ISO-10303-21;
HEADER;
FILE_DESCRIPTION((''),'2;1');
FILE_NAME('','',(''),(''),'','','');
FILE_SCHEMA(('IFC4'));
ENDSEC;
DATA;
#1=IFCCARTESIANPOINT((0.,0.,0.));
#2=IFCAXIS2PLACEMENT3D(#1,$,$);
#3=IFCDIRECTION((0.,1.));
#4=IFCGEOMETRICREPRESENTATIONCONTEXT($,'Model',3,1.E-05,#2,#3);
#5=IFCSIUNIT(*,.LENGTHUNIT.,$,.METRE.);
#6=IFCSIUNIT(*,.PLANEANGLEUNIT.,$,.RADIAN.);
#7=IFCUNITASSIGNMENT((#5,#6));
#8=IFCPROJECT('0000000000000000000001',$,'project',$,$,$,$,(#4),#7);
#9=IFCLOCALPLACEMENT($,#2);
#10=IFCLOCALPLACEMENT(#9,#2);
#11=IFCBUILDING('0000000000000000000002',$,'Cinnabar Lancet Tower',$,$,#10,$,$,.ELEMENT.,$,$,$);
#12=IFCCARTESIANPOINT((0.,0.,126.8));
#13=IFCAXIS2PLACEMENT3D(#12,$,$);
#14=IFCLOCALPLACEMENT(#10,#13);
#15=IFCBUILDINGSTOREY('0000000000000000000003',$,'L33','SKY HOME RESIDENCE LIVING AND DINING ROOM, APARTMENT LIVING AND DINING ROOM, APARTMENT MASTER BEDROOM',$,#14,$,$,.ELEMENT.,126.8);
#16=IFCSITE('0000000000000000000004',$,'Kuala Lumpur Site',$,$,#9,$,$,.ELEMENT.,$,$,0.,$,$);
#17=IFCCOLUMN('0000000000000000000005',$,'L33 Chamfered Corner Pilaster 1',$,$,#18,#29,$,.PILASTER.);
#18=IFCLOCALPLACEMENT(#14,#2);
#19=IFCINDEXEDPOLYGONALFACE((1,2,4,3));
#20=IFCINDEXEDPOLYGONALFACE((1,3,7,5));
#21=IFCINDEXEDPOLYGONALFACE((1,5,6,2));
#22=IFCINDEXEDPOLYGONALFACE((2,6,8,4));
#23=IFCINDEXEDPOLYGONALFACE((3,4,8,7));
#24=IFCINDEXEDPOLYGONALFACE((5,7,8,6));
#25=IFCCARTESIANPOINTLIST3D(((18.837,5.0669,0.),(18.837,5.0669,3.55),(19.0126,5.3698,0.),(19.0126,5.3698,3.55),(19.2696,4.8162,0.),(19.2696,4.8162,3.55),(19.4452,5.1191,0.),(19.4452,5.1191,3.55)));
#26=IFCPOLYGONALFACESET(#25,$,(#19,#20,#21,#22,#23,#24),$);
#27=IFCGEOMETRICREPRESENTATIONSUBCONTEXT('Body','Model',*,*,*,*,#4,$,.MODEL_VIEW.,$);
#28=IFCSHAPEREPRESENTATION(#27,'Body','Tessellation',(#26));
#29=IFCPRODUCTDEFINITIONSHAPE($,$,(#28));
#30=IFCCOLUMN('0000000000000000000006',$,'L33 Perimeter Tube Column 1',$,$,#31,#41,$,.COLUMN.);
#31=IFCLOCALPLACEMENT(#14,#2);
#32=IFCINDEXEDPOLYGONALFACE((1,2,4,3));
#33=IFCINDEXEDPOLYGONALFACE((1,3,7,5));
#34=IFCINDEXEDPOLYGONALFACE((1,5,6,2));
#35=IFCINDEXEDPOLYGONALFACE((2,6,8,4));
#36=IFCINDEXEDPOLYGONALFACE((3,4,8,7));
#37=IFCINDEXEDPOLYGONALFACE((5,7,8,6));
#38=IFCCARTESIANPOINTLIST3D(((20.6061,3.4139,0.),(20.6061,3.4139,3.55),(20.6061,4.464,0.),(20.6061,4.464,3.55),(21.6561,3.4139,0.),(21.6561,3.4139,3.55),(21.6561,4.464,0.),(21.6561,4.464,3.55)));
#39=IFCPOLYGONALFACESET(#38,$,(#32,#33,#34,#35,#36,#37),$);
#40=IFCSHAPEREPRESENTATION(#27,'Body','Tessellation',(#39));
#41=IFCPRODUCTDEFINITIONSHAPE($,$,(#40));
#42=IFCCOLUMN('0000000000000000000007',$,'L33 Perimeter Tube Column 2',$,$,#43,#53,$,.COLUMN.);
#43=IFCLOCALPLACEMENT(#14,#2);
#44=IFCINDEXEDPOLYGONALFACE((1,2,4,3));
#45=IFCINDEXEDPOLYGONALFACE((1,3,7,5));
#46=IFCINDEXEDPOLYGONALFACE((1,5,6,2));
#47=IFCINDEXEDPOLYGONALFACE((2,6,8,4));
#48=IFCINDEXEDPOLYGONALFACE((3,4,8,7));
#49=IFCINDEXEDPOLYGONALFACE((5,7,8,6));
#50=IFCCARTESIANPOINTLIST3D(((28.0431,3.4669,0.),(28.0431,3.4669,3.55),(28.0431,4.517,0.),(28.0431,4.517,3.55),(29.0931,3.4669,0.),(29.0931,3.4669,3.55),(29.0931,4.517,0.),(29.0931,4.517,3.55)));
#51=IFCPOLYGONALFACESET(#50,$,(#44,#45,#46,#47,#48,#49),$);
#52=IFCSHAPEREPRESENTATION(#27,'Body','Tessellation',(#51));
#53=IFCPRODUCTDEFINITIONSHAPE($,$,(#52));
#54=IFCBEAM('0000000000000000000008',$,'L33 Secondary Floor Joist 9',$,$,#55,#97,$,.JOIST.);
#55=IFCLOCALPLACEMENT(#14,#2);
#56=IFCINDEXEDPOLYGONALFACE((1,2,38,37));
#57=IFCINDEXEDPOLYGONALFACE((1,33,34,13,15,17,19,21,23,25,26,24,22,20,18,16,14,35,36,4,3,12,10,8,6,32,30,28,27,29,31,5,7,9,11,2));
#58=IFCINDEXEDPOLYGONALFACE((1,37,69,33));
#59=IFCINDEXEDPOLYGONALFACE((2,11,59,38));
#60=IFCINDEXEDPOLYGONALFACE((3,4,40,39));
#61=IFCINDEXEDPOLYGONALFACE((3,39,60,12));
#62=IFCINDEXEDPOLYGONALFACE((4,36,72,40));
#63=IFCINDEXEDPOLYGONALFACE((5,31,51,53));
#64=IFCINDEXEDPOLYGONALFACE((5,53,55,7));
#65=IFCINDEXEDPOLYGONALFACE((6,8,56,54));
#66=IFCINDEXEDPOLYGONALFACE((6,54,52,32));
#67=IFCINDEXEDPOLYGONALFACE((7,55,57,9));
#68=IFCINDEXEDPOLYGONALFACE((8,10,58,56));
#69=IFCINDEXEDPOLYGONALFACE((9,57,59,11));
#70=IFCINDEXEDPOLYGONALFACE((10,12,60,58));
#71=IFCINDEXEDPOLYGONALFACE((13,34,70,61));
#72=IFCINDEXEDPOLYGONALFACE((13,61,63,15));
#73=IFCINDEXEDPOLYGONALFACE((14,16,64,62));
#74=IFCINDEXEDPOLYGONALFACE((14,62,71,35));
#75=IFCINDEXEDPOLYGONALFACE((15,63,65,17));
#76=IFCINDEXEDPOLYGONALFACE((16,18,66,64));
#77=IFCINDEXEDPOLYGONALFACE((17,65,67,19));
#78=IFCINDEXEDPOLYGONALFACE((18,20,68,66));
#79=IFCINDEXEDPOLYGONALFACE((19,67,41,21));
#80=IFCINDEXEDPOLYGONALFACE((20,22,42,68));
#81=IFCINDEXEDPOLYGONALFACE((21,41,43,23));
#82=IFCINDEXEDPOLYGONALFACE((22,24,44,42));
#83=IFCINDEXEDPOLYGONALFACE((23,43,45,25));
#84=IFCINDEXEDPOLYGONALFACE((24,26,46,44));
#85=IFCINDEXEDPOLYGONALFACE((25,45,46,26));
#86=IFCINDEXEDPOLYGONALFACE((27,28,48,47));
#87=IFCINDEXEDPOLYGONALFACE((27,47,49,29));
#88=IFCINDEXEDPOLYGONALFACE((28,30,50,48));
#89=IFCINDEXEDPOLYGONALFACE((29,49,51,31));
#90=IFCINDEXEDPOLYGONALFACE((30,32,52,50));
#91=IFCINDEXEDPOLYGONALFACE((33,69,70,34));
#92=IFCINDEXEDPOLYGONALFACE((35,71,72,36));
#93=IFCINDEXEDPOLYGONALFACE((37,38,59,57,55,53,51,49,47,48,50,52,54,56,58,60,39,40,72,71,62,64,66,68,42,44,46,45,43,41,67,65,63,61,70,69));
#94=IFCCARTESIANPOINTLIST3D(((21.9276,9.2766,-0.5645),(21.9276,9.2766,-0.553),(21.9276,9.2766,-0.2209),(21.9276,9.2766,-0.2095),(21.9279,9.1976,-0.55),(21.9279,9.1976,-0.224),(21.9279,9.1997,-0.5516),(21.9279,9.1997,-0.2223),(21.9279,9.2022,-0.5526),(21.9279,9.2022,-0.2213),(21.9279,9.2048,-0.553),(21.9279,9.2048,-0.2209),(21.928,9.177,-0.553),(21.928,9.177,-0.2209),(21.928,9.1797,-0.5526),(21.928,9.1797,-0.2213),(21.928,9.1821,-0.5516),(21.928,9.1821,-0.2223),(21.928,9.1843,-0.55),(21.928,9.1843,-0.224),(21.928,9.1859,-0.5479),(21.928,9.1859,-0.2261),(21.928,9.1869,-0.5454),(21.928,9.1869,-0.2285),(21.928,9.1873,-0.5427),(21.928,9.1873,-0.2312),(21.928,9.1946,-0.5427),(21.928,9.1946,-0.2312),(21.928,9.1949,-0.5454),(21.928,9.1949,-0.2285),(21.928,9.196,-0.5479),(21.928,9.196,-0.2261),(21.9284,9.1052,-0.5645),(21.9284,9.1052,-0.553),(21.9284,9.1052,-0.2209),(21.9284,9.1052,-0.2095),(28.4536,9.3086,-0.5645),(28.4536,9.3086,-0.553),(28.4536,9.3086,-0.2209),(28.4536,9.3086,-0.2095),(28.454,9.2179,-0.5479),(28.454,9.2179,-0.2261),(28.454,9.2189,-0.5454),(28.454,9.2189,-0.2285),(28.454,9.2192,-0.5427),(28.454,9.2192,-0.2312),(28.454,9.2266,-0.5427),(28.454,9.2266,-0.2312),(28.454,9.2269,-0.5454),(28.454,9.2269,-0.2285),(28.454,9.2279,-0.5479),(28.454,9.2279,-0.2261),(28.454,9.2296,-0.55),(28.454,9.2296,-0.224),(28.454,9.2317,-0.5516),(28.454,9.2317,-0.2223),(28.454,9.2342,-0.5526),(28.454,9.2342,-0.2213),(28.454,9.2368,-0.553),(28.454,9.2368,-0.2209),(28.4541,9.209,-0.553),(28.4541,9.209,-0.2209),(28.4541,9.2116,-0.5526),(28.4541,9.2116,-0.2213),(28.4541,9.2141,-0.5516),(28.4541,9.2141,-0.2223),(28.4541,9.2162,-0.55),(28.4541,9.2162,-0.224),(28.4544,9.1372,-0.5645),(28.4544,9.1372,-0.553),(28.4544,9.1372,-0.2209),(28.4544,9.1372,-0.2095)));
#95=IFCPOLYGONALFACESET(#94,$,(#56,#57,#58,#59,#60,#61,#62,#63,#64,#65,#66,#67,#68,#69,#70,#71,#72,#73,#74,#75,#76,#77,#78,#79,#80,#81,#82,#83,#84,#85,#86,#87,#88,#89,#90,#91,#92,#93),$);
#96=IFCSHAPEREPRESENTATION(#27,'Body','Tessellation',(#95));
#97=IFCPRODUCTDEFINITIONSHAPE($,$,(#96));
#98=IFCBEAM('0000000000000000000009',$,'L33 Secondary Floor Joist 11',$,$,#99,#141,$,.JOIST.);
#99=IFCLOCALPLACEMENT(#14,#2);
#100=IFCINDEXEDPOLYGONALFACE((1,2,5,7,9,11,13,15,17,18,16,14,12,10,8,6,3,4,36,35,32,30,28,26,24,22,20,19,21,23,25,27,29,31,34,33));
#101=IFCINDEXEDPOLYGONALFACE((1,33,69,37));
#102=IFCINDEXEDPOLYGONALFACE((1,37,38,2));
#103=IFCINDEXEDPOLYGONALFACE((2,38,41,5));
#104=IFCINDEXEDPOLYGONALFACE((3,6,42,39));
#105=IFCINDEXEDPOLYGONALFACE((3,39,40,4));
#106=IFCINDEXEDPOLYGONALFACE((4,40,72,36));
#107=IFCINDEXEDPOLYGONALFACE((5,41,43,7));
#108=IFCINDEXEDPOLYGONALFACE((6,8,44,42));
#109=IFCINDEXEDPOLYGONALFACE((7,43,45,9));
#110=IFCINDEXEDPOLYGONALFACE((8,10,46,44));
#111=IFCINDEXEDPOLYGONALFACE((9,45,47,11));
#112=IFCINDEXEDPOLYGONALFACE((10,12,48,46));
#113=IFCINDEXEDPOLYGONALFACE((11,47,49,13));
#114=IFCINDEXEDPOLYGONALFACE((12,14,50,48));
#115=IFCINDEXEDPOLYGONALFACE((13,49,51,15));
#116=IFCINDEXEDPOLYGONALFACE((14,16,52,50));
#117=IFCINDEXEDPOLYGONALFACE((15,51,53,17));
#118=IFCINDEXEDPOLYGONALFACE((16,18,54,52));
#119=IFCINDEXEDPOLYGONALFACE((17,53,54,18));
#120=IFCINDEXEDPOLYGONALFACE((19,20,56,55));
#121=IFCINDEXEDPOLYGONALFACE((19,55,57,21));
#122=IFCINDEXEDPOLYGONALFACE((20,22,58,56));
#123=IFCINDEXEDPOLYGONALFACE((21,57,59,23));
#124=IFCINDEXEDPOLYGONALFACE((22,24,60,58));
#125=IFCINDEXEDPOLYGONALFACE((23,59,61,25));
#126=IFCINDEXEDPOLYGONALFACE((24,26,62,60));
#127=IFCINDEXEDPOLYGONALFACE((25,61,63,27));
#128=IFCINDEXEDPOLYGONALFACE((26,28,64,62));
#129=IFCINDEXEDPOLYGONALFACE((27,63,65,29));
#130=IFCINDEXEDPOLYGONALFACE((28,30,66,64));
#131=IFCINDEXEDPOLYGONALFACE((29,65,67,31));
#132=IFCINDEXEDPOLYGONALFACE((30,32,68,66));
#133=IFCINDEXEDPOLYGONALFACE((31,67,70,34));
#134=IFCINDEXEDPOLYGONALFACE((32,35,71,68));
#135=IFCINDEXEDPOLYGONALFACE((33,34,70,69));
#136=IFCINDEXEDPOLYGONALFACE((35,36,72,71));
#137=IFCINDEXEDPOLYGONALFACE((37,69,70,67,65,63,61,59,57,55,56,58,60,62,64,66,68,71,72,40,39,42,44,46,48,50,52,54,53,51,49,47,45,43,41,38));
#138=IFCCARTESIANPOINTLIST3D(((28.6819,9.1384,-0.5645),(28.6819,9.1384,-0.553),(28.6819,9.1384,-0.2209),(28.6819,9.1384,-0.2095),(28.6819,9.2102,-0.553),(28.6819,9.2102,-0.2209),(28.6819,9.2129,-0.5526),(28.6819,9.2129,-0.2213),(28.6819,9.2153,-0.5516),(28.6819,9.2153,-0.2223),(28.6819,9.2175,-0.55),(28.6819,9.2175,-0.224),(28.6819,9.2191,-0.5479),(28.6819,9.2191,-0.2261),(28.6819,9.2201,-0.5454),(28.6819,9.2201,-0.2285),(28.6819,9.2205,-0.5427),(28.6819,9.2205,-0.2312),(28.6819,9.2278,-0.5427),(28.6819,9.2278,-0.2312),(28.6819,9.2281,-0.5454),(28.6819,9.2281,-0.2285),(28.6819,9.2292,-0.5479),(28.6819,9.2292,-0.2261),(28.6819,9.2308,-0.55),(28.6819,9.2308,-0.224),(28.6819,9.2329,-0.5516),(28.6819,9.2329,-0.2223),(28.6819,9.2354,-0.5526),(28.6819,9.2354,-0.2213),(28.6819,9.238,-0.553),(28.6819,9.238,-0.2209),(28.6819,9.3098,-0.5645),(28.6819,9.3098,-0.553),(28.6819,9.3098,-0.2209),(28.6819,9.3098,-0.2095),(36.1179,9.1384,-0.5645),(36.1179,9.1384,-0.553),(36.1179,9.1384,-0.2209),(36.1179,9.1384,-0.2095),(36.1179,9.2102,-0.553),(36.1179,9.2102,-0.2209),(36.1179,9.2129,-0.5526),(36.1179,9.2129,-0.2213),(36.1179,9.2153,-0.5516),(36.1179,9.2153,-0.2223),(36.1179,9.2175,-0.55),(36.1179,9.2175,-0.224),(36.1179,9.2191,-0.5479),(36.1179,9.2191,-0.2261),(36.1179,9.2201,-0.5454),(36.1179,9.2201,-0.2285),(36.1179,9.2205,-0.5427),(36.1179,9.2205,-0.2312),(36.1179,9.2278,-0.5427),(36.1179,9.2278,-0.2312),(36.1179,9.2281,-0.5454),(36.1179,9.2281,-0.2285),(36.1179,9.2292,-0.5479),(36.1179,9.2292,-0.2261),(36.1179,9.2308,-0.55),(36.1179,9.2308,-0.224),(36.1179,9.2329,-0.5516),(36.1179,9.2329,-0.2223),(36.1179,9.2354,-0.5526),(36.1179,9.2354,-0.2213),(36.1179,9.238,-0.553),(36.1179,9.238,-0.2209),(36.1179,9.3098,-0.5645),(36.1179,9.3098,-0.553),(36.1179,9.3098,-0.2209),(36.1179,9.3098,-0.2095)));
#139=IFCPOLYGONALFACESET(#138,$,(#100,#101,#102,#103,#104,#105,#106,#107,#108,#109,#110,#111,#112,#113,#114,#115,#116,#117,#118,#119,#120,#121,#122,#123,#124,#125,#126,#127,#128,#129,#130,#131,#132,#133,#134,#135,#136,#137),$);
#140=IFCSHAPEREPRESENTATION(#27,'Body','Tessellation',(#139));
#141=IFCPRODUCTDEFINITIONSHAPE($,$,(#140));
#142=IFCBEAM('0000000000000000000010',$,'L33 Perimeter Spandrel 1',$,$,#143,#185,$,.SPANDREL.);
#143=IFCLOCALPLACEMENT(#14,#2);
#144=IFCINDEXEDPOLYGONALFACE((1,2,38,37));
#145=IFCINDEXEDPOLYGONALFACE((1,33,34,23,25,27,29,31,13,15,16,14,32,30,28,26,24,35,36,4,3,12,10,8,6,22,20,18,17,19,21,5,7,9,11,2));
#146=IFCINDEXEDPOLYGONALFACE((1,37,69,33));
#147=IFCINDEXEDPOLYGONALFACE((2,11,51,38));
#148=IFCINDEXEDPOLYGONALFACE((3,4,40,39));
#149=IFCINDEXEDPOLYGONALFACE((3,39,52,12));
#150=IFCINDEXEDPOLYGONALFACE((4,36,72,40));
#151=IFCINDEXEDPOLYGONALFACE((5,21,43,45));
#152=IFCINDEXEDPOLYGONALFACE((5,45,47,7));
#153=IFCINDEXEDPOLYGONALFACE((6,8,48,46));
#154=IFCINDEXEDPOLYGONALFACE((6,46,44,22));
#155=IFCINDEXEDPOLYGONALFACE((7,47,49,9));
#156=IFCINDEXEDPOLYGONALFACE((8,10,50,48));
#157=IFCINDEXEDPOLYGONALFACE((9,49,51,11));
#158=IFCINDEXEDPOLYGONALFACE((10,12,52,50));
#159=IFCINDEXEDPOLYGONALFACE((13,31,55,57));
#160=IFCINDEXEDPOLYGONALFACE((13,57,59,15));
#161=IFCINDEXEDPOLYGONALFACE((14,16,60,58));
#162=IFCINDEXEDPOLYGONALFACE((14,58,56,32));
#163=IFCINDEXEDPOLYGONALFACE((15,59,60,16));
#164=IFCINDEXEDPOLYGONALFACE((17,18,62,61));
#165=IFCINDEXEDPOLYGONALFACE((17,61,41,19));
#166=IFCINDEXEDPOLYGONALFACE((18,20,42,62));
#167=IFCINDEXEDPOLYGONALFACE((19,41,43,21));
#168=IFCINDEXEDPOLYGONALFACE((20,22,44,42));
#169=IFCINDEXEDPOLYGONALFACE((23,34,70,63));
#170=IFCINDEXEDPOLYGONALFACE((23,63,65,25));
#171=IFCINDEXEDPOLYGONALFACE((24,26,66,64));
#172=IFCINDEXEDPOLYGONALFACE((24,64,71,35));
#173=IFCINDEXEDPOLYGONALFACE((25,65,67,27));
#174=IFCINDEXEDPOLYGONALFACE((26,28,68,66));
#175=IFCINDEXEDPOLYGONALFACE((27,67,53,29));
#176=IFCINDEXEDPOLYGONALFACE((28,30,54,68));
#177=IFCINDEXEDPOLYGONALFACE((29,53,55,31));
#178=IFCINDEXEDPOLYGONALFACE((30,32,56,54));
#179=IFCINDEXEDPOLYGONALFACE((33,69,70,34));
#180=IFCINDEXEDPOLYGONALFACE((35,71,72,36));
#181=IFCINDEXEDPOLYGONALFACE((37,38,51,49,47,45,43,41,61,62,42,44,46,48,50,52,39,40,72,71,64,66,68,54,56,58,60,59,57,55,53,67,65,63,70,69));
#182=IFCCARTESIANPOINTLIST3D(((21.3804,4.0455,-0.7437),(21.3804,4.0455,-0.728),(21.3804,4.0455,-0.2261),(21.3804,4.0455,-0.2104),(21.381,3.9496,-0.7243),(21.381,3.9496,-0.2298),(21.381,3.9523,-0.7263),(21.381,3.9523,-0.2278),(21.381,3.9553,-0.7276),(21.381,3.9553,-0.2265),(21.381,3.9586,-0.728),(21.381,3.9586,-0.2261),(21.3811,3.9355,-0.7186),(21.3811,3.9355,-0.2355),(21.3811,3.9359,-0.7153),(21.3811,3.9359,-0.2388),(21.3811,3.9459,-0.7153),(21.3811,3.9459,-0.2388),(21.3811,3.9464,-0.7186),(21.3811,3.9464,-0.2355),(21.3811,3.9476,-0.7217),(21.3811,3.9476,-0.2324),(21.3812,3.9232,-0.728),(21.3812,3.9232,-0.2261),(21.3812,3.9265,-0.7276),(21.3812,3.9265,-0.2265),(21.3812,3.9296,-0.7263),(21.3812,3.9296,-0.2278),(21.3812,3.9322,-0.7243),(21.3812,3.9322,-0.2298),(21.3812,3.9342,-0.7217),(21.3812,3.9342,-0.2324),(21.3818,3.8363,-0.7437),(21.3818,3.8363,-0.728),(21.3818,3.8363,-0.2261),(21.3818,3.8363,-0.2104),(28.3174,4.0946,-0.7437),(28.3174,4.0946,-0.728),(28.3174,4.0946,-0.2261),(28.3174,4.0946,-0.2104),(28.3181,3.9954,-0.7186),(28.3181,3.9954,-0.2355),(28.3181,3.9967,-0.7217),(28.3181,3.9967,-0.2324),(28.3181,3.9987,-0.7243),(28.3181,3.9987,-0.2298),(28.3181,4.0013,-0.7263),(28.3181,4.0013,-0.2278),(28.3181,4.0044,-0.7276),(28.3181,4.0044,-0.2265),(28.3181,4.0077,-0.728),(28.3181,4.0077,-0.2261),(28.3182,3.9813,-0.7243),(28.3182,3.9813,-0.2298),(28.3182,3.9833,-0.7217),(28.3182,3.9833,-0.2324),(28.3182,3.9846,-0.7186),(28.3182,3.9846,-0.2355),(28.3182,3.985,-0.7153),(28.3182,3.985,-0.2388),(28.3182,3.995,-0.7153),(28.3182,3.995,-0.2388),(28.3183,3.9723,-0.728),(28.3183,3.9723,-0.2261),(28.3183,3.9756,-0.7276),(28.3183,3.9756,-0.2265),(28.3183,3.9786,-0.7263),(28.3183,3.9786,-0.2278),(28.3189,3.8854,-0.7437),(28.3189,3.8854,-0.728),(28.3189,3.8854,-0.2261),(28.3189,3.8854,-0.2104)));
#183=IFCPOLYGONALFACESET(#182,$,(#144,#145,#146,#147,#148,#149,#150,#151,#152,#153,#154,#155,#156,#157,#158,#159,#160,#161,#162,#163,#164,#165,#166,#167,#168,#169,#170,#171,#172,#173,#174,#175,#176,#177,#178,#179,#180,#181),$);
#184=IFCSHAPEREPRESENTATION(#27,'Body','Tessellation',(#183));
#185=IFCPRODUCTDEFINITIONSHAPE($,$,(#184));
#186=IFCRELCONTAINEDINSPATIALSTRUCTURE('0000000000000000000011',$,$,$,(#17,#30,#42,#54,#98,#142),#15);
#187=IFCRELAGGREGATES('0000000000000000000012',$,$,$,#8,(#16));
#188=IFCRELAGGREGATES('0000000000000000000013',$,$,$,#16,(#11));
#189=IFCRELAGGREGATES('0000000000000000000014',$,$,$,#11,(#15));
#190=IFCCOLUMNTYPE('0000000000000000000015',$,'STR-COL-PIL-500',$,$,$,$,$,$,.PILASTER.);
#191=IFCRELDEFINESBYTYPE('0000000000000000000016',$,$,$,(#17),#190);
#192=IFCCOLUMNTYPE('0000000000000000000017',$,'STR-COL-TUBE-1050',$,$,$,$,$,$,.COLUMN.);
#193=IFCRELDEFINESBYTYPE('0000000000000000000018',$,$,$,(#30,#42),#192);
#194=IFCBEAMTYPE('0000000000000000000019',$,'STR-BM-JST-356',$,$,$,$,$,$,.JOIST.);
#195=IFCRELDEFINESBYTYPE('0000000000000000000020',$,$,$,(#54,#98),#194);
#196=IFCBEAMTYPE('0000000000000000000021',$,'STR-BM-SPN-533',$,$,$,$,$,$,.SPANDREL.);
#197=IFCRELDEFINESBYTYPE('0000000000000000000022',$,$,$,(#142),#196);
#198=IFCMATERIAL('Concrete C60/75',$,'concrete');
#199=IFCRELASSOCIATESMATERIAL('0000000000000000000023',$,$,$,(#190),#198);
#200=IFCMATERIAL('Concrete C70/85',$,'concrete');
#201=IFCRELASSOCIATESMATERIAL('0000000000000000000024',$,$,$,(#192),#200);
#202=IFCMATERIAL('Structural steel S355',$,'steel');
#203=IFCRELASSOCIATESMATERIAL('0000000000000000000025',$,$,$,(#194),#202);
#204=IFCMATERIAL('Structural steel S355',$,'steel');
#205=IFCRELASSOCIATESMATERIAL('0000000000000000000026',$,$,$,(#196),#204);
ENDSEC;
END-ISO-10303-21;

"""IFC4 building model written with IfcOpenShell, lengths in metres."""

from ifc_helpers import new_model, si_unit, direction, frame, origin, origin_2d, place, context, subcontext, project, spatial, rectangle, i_section, extrude, material, material_profile, profile_set, type_object, element, save


model = new_model("IFC4")

# Units and contexts
model_context = context("Model", 3, precision=1e-05, world=origin(), true_north=direction((0.0, 1.0)))
body_context = subcontext(model_context, "Body", "Model", "MODEL_VIEW")
ifc_project = project(units=[si_unit("LENGTHUNIT", "METRE"), si_unit("PLANEANGLEUNIT", "RADIAN")], contexts=[model_context])

# Site, building, storey
site_placement = place(None, origin())
site = spatial("IfcSite", under=ifc_project, at=site_placement, Name="Kuala Lumpur Site", CompositionType="ELEMENT", RefElevation=0.0)
building_placement = place(site_placement, origin())
building = spatial("IfcBuilding", under=site, at=building_placement, Name="Cinnabar Lancet Tower", CompositionType="ELEMENT")
storey_placement = place(building_placement, frame((0.0, 0.0, 126.8)))
storey = spatial("IfcBuildingStorey", under=building, at=storey_placement, Name="L33", Description="SKY HOME RESIDENCE LIVING AND DINING ROOM, APARTMENT LIVING AND DINING ROOM, APARTMENT MASTER BEDROOM", CompositionType="ELEMENT", Elevation=126.8)

# Columns
ifc_material_1 = material(Name="Concrete C60/75", Category="concrete")
ifc_material_profile_1 = material_profile(ifc_material_1, rectangle(XDim=0.5, YDim=0.3501, at=origin_2d()), Name="RC-PIL 500x350")
ifc_profile_set_1 = profile_set([ifc_material_profile_1], Name="Concrete C60/75")
column_type_1 = type_object("IfcColumnType", Name="STR-COL-PIL-500", PredefinedType="PILASTER", material=ifc_profile_set_1)
column_placement = place(storey_placement, frame((19.1411, 5.093, 0.0), z_axis=(0.0, 0.0, 1.0), x_axis=(0.86516, -0.501496, 0.0)))
element("IfcColumn", 1, at=column_placement, inside=storey, type_object=column_type_1, Name="L33 Chamfered Corner Pilaster 1", PredefinedType="PILASTER", context=body_context, shape_type="SweptSolid", body=[
    extrude(rectangle(XDim=0.5, YDim=0.3501, at=origin_2d()), origin(), (0.0, 0.0, 1.0), 3.55),
])
ifc_material_2 = material(Name="Concrete C70/85", Category="concrete")
ifc_material_profile_2 = material_profile(ifc_material_2, rectangle(XDim=1.05, YDim=1.05, at=origin_2d()), Name="RC-COL 1050x1050")
ifc_profile_set_2 = profile_set([ifc_material_profile_2], Name="Concrete C70/85")
column_type_2 = type_object("IfcColumnType", Name="STR-COL-TUBE-1050", PredefinedType="COLUMN", material=ifc_profile_set_2)
for number, where, z_axis, x_axis, name in (
    (2, (21.1311, 3.939, 0.0), (0.0, 0.0, 1.0), (1.0, 0.0, 0.0), "L33 Perimeter Tube Column 1"),
    (3, (28.5681, 3.9919, 0.0), (0.0, 0.0, 1.0), (1.0, 0.0, 0.0), "L33 Perimeter Tube Column 2"),
):
    element("IfcColumn", number, at=place(storey_placement, frame(where, z_axis=z_axis, x_axis=x_axis)), inside=storey, type_object=column_type_2, Name=name, PredefinedType="COLUMN", context=body_context, shape_type="SweptSolid", body=[
        extrude(rectangle(XDim=1.05, YDim=1.05, at=origin_2d()), origin(), (0.0, 0.0, 1.0), 3.55),
    ])

# Beams
ifc_material_3 = material(Name="Structural steel S355", Category="steel")
ifc_material_profile_3 = material_profile(ifc_material_3, i_section(OverallWidth=0.1714, OverallDepth=0.355, WebThickness=0.0073, FlangeThickness=0.0115, FilletRadius=0.0103, at=origin_2d()), Name="UKB 356x171x51")
ifc_profile_set_3 = profile_set([ifc_material_profile_3], Name="Structural steel S355")
beam_type_1 = type_object("IfcBeamType", Name="STR-BM-JST-356", PredefinedType="JOIST", material=ifc_profile_set_3)
beam_1_placement = place(storey_placement, frame((21.928, 9.1909, -0.387), z_axis=(0.999988, 0.004901, 0.0), x_axis=(-0.004901, 0.999988, 0.0)))
element("IfcBeam", 4, at=beam_1_placement, inside=storey, type_object=beam_type_1, Name="L33 Secondary Floor Joist 9", PredefinedType="JOIST", context=body_context, shape_type="SweptSolid", body=[
    extrude(i_section(OverallWidth=0.1714, OverallDepth=0.355, WebThickness=0.0073, FlangeThickness=0.0115, FilletRadius=0.0103, at=origin_2d()), origin(), (0.0, 0.0, 1.0), 6.5261),
])
beam_2_placement = place(storey_placement, frame((28.6819, 9.2241, -0.387), z_axis=(1.0, 0.0, 0.0), x_axis=(0.0, 1.0, 0.0)))
element("IfcBeam", 5, at=beam_2_placement, inside=storey, type_object=beam_type_1, Name="L33 Secondary Floor Joist 11", PredefinedType="JOIST", context=body_context, shape_type="SweptSolid", body=[
    extrude(i_section(OverallWidth=0.1714, OverallDepth=0.355, WebThickness=0.0073, FlangeThickness=0.0115, FilletRadius=0.0103, at=origin_2d()), origin(), (0.0, 0.0, 1.0), 7.436),
])
ifc_material_4 = material(Name="Structural steel S355", Category="steel")
ifc_material_profile_4 = material_profile(ifc_material_4, i_section(OverallWidth=0.2092, OverallDepth=0.5332, WebThickness=0.01, FlangeThickness=0.0156, FilletRadius=0.0127, at=origin_2d()), Name="UKB 533x210x92")
ifc_profile_set_4 = profile_set([ifc_material_profile_4], Name="Structural steel S355")
beam_type_2 = type_object("IfcBeamType", Name="STR-BM-SPN-533", PredefinedType="SPANDREL", material=ifc_profile_set_4)
beam_3_placement = place(storey_placement, frame((21.3811, 3.9409, -0.4771), z_axis=(0.999975, 0.007074, 0.0), x_axis=(-0.007074, 0.999975, 0.0)))
element("IfcBeam", 6, at=beam_3_placement, inside=storey, type_object=beam_type_2, Name="L33 Perimeter Spandrel 1", PredefinedType="SPANDREL", context=body_context, shape_type="SweptSolid", body=[
    extrude(i_section(OverallWidth=0.2092, OverallDepth=0.5332, WebThickness=0.01, FlangeThickness=0.0156, FilletRadius=0.0127, at=origin_2d()), origin(), (0.0, 0.0, 1.0), 6.9373),
])

save(model, "model.ifc")
